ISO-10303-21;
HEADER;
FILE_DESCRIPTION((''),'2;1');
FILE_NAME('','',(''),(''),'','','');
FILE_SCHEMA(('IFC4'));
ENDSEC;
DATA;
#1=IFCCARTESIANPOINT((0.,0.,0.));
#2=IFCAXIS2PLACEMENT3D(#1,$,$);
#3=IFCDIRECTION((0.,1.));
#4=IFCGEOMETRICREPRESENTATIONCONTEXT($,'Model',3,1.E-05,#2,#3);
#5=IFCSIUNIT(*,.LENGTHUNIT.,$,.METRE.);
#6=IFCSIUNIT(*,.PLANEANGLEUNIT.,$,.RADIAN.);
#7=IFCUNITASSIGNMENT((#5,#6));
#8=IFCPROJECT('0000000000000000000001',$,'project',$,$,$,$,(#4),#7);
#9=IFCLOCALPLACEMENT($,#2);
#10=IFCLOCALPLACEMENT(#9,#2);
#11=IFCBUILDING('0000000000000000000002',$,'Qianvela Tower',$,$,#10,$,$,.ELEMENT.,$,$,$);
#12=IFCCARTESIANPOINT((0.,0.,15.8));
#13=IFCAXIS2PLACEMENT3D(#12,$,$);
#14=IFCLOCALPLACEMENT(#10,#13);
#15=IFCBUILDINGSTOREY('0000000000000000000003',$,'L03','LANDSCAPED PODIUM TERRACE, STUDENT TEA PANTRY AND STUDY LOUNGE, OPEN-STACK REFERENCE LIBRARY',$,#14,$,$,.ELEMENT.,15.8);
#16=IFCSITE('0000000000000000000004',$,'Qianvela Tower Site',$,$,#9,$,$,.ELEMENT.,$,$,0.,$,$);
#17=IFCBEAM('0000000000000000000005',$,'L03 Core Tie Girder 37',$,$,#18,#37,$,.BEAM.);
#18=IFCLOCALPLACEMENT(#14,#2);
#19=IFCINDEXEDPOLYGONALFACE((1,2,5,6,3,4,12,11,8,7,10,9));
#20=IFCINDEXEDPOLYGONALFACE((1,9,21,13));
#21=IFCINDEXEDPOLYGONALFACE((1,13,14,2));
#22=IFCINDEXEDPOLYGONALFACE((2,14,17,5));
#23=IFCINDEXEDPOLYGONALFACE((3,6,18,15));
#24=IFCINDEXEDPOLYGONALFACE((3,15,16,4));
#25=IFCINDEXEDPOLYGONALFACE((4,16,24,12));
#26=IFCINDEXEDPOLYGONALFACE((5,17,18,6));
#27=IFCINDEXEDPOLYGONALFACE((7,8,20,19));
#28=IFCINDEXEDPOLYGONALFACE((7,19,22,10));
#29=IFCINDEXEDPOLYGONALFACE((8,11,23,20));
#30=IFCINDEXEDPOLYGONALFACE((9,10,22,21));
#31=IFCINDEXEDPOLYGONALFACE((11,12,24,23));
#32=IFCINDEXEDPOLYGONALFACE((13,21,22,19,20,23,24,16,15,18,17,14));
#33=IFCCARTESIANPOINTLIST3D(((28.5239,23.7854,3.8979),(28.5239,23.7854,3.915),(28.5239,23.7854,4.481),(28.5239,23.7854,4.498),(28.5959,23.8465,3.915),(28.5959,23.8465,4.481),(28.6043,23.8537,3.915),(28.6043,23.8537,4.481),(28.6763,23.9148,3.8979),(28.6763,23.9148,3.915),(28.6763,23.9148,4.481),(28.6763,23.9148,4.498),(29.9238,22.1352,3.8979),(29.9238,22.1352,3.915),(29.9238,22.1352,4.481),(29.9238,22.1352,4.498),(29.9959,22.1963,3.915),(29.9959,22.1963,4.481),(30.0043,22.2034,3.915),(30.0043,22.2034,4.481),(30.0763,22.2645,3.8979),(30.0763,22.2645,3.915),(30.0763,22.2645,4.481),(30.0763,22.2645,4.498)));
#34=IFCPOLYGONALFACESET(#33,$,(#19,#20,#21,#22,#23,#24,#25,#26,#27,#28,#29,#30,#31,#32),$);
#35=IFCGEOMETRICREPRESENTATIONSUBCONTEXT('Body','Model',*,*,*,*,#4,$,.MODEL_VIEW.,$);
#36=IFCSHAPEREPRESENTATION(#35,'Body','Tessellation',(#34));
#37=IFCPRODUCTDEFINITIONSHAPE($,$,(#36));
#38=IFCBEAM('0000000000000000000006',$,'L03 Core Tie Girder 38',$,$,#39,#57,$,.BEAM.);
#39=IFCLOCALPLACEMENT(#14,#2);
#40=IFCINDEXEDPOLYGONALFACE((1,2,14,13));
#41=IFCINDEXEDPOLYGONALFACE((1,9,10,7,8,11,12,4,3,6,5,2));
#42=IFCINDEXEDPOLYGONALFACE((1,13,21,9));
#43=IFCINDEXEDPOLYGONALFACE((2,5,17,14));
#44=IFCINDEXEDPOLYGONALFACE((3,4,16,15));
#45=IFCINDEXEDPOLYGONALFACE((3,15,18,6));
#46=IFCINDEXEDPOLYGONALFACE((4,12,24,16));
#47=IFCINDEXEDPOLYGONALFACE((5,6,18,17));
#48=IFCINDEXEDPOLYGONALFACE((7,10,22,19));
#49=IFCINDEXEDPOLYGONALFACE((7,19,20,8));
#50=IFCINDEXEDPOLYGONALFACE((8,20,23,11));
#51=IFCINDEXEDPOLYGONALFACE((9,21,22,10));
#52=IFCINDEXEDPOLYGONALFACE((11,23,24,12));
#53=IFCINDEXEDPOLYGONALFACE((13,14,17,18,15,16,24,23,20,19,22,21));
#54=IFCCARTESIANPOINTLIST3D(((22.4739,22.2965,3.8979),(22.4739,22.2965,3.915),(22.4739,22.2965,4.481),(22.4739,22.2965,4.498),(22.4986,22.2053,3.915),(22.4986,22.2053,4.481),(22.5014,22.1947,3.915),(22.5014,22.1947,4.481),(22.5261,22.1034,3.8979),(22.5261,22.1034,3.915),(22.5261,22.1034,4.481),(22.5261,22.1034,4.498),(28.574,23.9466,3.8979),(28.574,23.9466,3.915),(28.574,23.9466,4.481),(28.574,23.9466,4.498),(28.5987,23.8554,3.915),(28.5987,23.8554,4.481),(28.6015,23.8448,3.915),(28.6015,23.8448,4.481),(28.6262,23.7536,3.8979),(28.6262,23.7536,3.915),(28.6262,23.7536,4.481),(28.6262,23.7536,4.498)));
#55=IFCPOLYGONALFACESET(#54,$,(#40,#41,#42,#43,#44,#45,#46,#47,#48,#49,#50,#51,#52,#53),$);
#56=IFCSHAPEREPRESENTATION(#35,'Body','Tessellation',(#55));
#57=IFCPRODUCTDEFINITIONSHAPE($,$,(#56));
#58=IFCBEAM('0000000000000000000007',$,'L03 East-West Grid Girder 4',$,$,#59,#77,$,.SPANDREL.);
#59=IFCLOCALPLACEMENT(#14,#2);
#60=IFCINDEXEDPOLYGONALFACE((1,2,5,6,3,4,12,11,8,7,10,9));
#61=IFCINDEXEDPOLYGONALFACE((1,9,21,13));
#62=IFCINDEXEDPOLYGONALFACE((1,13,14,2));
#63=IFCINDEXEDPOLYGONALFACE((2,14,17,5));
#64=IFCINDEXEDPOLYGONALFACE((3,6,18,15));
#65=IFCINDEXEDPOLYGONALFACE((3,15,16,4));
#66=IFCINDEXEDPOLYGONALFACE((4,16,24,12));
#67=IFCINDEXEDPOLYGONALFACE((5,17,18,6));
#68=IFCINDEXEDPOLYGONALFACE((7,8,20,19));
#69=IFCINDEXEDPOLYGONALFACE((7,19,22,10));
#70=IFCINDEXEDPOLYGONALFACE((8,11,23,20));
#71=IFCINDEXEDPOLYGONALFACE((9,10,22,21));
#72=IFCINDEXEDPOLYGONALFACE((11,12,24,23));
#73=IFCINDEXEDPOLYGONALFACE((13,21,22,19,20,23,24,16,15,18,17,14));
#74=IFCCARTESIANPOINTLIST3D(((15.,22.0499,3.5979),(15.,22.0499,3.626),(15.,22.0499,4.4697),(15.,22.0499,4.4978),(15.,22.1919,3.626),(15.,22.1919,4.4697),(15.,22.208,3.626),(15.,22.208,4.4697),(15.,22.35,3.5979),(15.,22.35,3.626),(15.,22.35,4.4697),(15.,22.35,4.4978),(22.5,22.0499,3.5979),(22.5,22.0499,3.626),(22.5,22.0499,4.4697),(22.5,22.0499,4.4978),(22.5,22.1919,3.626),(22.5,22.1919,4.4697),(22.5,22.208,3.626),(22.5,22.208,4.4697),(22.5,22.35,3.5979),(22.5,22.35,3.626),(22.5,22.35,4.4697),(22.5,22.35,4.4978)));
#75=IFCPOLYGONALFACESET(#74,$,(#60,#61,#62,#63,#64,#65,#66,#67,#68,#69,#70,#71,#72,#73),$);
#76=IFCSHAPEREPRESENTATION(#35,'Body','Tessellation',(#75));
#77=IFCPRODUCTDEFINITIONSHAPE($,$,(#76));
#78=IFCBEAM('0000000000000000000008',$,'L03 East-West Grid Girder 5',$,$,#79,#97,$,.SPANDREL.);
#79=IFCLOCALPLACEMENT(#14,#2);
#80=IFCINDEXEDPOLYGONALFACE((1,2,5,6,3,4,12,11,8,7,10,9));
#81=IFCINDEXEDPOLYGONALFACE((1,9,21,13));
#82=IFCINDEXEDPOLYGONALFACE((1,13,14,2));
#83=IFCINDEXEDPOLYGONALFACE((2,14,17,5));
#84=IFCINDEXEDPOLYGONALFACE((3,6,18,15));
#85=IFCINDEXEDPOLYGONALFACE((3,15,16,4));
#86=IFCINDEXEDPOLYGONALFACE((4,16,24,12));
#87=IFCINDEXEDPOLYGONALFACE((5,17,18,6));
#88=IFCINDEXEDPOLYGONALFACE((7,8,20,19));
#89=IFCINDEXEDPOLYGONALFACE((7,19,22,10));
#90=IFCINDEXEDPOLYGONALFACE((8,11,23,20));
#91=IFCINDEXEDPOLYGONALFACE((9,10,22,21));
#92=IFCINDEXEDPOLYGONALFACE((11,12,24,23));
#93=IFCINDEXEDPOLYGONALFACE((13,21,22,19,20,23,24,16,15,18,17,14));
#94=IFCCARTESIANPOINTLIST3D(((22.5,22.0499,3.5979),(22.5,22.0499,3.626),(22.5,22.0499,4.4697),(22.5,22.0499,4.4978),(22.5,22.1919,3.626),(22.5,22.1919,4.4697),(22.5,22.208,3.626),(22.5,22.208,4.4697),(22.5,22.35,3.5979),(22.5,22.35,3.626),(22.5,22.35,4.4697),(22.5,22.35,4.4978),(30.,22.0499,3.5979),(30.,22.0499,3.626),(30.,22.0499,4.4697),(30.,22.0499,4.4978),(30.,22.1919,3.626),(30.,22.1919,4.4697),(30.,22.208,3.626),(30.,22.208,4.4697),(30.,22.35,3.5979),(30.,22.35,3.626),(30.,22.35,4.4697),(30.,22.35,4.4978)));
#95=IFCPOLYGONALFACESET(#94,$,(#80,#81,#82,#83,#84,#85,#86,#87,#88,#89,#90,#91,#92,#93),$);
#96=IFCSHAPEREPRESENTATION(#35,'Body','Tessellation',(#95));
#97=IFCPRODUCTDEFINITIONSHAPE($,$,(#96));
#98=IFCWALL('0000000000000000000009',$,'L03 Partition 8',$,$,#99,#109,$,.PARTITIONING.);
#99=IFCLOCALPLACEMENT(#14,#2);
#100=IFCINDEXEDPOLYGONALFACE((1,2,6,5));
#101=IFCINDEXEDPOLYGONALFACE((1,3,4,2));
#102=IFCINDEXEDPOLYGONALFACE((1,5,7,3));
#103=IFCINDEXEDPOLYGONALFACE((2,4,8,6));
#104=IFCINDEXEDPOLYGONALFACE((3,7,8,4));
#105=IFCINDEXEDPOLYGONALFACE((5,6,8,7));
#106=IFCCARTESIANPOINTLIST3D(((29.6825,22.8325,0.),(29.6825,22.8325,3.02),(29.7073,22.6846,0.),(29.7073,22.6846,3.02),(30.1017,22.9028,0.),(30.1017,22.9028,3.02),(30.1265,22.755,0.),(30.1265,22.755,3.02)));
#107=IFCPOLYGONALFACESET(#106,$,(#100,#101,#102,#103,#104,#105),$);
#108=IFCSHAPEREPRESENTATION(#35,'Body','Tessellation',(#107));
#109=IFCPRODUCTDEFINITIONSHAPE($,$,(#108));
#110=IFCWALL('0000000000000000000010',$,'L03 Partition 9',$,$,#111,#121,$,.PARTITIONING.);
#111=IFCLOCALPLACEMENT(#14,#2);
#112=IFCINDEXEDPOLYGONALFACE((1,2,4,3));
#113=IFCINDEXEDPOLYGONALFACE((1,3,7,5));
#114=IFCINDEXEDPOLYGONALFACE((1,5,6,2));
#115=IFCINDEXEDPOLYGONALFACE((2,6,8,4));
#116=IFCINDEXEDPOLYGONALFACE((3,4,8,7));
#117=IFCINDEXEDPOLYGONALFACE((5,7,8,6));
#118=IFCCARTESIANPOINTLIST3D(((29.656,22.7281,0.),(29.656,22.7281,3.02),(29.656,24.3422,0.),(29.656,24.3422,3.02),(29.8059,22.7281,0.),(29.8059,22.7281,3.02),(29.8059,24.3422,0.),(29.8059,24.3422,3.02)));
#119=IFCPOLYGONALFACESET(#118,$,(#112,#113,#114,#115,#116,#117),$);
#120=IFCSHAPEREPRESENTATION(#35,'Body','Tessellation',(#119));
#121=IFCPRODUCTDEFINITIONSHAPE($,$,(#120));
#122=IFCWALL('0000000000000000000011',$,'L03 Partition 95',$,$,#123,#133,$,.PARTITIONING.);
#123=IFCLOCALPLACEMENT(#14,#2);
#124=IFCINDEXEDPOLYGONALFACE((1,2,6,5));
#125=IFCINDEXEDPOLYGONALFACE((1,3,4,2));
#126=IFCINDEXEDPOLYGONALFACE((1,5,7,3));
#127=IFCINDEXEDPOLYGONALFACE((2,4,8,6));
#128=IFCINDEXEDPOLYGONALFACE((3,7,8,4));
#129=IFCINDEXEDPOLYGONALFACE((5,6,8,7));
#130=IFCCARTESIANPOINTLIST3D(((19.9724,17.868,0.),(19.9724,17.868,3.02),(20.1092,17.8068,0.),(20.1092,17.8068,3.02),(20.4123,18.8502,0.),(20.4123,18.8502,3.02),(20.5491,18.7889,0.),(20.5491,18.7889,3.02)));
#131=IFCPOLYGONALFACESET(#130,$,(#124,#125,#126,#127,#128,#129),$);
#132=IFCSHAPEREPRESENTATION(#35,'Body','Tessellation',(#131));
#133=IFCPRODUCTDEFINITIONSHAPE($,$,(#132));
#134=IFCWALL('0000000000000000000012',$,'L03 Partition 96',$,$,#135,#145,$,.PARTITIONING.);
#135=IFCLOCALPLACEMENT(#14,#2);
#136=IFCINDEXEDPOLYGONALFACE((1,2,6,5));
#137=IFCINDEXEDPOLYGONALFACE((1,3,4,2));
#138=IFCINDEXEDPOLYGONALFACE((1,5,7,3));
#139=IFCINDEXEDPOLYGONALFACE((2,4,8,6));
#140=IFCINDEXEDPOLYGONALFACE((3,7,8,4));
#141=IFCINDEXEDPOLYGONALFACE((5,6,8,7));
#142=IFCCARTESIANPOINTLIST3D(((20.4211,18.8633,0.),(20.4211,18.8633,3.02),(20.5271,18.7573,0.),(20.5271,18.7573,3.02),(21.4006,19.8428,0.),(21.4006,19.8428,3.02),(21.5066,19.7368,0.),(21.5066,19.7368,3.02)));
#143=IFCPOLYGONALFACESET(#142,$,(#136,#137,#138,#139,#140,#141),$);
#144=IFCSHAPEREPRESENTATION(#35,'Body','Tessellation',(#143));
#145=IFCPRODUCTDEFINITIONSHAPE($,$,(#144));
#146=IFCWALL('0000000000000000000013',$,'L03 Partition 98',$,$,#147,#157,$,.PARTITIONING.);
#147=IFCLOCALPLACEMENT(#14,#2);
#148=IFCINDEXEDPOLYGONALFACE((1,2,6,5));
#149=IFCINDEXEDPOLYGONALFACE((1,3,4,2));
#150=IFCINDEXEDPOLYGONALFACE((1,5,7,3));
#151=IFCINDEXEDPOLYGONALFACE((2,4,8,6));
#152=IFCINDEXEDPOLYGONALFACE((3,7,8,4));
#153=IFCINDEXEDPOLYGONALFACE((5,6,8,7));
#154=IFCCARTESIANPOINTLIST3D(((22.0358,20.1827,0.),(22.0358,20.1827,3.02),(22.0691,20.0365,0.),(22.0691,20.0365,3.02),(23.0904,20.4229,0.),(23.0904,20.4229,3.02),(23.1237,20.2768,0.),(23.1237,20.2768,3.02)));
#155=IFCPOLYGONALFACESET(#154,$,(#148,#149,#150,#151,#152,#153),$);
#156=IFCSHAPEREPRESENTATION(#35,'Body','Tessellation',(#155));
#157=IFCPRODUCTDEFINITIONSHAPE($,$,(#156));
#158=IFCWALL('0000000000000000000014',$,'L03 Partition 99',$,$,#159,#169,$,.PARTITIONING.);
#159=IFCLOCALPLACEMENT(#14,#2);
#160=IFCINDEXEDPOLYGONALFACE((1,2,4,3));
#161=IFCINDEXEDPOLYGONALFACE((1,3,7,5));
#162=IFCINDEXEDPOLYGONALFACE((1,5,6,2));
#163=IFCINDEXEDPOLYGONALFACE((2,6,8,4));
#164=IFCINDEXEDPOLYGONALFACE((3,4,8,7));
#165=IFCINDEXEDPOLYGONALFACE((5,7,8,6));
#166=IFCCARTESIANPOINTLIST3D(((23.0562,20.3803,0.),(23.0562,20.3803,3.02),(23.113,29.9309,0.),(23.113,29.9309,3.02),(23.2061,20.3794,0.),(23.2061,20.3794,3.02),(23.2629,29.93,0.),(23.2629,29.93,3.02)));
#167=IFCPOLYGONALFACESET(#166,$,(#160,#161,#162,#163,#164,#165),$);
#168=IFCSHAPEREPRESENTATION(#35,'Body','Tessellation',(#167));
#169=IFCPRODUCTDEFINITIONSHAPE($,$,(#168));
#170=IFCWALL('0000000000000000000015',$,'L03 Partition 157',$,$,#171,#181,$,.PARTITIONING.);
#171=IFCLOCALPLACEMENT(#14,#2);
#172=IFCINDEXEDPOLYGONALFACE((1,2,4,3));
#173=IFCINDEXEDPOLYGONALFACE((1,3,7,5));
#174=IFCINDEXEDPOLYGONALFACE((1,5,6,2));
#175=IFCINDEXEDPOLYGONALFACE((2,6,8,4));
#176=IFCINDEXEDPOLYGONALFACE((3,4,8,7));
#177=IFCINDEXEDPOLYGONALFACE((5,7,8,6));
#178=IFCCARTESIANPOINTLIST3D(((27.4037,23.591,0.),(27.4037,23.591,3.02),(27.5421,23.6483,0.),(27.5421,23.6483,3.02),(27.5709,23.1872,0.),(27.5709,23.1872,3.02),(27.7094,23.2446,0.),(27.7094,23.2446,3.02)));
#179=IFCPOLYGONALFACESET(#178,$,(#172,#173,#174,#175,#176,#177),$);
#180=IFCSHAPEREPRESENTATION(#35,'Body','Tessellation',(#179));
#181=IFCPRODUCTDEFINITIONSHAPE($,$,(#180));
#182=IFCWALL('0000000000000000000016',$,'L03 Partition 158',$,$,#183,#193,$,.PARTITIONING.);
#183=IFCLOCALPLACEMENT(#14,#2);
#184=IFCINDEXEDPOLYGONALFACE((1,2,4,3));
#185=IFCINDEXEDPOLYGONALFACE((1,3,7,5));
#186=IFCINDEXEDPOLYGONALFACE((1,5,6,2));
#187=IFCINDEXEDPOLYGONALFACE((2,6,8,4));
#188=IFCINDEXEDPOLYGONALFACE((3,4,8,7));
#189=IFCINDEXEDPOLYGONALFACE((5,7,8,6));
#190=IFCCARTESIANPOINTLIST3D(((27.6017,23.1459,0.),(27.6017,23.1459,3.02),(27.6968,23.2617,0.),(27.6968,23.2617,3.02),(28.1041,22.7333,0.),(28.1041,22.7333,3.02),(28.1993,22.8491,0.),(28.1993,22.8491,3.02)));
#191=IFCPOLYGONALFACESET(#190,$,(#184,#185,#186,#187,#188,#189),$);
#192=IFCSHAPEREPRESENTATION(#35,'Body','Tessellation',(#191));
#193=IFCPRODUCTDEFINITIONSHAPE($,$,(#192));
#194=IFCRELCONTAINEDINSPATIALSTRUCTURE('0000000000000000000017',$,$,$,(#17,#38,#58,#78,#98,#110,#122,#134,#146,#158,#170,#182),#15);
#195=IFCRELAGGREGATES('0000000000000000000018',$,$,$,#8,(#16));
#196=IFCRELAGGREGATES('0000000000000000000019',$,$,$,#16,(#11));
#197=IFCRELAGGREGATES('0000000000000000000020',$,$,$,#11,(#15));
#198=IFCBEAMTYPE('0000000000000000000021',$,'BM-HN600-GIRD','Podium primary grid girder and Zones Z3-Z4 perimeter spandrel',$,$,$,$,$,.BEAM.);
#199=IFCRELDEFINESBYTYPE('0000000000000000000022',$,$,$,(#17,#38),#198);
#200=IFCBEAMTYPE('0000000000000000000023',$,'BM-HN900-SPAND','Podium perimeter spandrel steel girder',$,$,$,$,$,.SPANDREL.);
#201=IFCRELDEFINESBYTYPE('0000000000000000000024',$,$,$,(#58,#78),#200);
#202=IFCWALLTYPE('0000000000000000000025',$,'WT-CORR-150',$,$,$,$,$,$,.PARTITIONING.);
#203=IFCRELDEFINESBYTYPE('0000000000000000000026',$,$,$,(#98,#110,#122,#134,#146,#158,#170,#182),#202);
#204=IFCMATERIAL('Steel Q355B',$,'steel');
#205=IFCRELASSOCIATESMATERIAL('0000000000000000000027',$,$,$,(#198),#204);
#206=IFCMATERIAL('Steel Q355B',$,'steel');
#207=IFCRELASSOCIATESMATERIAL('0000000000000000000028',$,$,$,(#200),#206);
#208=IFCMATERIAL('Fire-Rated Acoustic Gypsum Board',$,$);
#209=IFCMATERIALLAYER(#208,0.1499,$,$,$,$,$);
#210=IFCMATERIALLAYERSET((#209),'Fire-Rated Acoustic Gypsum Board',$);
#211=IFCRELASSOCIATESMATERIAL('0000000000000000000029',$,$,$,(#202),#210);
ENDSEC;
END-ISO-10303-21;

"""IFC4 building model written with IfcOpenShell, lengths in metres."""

from ifc_helpers import new_model, si_unit, direction, frame, frame_2d, origin, origin_2d, place, context, subcontext, project, spatial, rectangle, i_section, extrude, material, layer, layer_set, material_profile, profile_set, type_object, element, save


model = new_model("IFC4")

# Units and contexts
model_context = context("Model", 3, precision=1e-05, world=origin(), true_north=direction((0.0, 1.0)))
body_context = subcontext(model_context, "Body", "Model", "MODEL_VIEW")
ifc_project = project(units=[si_unit("LENGTHUNIT", "METRE"), si_unit("PLANEANGLEUNIT", "RADIAN")], contexts=[model_context])

# Site, building, storey
site_placement = place(None, origin())
site = spatial("IfcSite", under=ifc_project, at=site_placement, Name="Qianvela Tower Site", CompositionType="ELEMENT", RefElevation=0.0)
building_placement = place(site_placement, origin())
building = spatial("IfcBuilding", under=site, at=building_placement, Name="Qianvela Tower", CompositionType="ELEMENT")
storey_placement = place(building_placement, frame((0.0, 0.0, 15.8)))
storey = spatial("IfcBuildingStorey", under=building, at=storey_placement, Name="L03", Description="LANDSCAPED PODIUM TERRACE, STUDENT TEA PANTRY AND STUDY LOUNGE, OPEN-STACK REFERENCE LIBRARY", CompositionType="ELEMENT", Elevation=15.8)

# Beams
ifc_material_1 = material(Name="Steel Q355B", Category="steel")
ifc_material_profile_1 = material_profile(ifc_material_1, i_section(OverallWidth=0.2, OverallDepth=0.6001, WebThickness=0.011, FlangeThickness=0.0171, at=origin_2d()), Name="HN600x200x11x17")
ifc_profile_set_1 = profile_set([ifc_material_profile_1], Name="Steel Q355B")
beam_type_1 = type_object("IfcBeamType", Name="BM-HN600-GIRD", Description="Podium primary grid girder and Zones Z3-Z4 perimeter spandrel", PredefinedType="BEAM", material=ifc_profile_set_1)
beam_1_placement = place(storey_placement, frame((28.6001, 23.8501, 4.198), z_axis=(0.646918, -0.76256, 0.0), x_axis=(0.76256, 0.646918, 0.0)))
element("IfcBeam", 1, at=beam_1_placement, inside=storey, type_object=beam_type_1, Name="L03 Core Tie Girder 37", PredefinedType="BEAM", context=body_context, shape_type="SweptSolid", body=[
    extrude(i_section(OverallWidth=0.2, OverallDepth=0.6001, WebThickness=0.011, FlangeThickness=0.0171, at=origin_2d()), origin(), (0.0, 0.0, 1.0), 2.1641),
])
beam_2_placement = place(storey_placement, frame((28.6001, 23.8501, 4.198), z_axis=(-0.965305, -0.261126, 0.0), x_axis=(0.261126, -0.965305, 0.0)))
element("IfcBeam", 2, at=beam_2_placement, inside=storey, type_object=beam_type_1, Name="L03 Core Tie Girder 38", PredefinedType="BEAM", context=body_context, shape_type="SweptSolid", body=[
    extrude(i_section(OverallWidth=0.2, OverallDepth=0.6001, WebThickness=0.011, FlangeThickness=0.0171, at=origin_2d()), origin(), (0.0, 0.0, 1.0), 6.3193),
])
ifc_material_2 = material(Name="Steel Q355B", Category="steel")
ifc_material_profile_2 = material_profile(ifc_material_2, i_section(OverallWidth=0.3, OverallDepth=0.8999, WebThickness=0.0161, FlangeThickness=0.0281, at=origin_2d()), Name="HN900x300x16x28")
ifc_profile_set_2 = profile_set([ifc_material_profile_2], Name="Steel Q355B")
beam_type_2 = type_object("IfcBeamType", Name="BM-HN900-SPAND", Description="Podium perimeter spandrel steel girder", PredefinedType="SPANDREL", material=ifc_profile_set_2)
for number, where, z_axis, x_axis, name in (
    (3, (15.0, 22.2, 4.0479), (1.0, 0.0, 0.0), (0.0, 1.0, 0.0), "L03 East-West Grid Girder 4"),
    (4, (22.5, 22.2, 4.0479), (1.0, 0.0, 0.0), (0.0, 1.0, 0.0), "L03 East-West Grid Girder 5"),
):
    element("IfcBeam", number, at=place(storey_placement, frame(where, z_axis=z_axis, x_axis=x_axis)), inside=storey, type_object=beam_type_2, Name=name, PredefinedType="SPANDREL", context=body_context, shape_type="SweptSolid", body=[
        extrude(i_section(OverallWidth=0.3, OverallDepth=0.8999, WebThickness=0.0161, FlangeThickness=0.0281, at=origin_2d()), origin(), (0.0, 0.0, 1.0), 7.5),
    ])

# Walls
ifc_material_3 = material(Name="Fire-Rated Acoustic Gypsum Board")
ifc_layer_1 = layer(ifc_material_3, 0.1499)
ifc_layer_set_1 = layer_set([ifc_layer_1], Name="Fire-Rated Acoustic Gypsum Board")
wall_type_1 = type_object("IfcWallType", Name="WT-CORR-150", PredefinedType="PARTITIONING", material=ifc_layer_set_1)
wall_1_placement = place(storey_placement, frame((30.114, 22.8289, 0.0), z_axis=(0.0, 0.0, 1.0), x_axis=(-0.986223, -0.165423, 0.0)))
element("IfcWall", 5, at=wall_1_placement, inside=storey, type_object=wall_type_1, Name="L03 Partition 8", PredefinedType="PARTITIONING", context=body_context, shape_type="SweptSolid", body=[
    extrude(rectangle(XDim=0.425, YDim=0.1499, at=frame_2d((0.2124, 0.0))), origin(), (0.0, 0.0, 1.0), 3.02),
])
wall_2_placement = place(storey_placement, frame((29.731, 22.728, 0.0), z_axis=(0.0, 0.0, 1.0), x_axis=(0.0, 1.0, 0.0)))
element("IfcWall", 6, at=wall_2_placement, inside=storey, type_object=wall_type_1, Name="L03 Partition 9", PredefinedType="PARTITIONING", context=body_context, shape_type="SweptSolid", body=[
    extrude(rectangle(XDim=1.614, YDim=0.1499, at=frame_2d((0.8071, 0.0))), origin(), (0.0, 0.0, 1.0), 3.02),
])
wall_3_placement = place(storey_placement, frame((20.0408, 17.8374, 0.0), z_axis=(0.0, 0.0, 1.0), x_axis=(0.408789, 0.912629, 0.0)))
element("IfcWall", 7, at=wall_3_placement, inside=storey, type_object=wall_type_1, Name="L03 Partition 95", PredefinedType="PARTITIONING", context=body_context, shape_type="SweptSolid", body=[
    extrude(rectangle(XDim=1.0762, YDim=0.1499, at=frame_2d((0.5381, 0.0))), origin(), (0.0, 0.0, 1.0), 3.02),
])
wall_4_placement = place(storey_placement, frame((20.4741, 18.8103, 0.0), z_axis=(0.0, 0.0, 1.0), x_axis=(0.707107, 0.707107, 0.0)))
element("IfcWall", 8, at=wall_4_placement, inside=storey, type_object=wall_type_1, Name="L03 Partition 96", PredefinedType="PARTITIONING", context=body_context, shape_type="SweptSolid", body=[
    extrude(rectangle(XDim=1.3853, YDim=0.1499, at=frame_2d((0.6926, 0.0))), origin(), (0.0, 0.0, 1.0), 3.02),
])
wall_5_placement = place(storey_placement, frame((22.0525, 20.1096, 0.0), z_axis=(0.0, 0.0, 1.0), x_axis=(0.975015, 0.222138, 0.0)))
element("IfcWall", 9, at=wall_5_placement, inside=storey, type_object=wall_type_1, Name="L03 Partition 98", PredefinedType="PARTITIONING", context=body_context, shape_type="SweptSolid", body=[
    extrude(rectangle(XDim=1.0815, YDim=0.1499, at=frame_2d((0.5408, 0.0))), origin(), (0.0, 0.0, 1.0), 3.02),
])
wall_6_placement = place(storey_placement, frame((23.1311, 20.3799, 0.0), z_axis=(0.0, 0.0, 1.0), x_axis=(0.005956, 0.999982, 0.0)))
element("IfcWall", 10, at=wall_6_placement, inside=storey, type_object=wall_type_1, Name="L03 Partition 99", PredefinedType="PARTITIONING", context=body_context, shape_type="SweptSolid", body=[
    extrude(rectangle(XDim=9.5508, YDim=0.1499, at=frame_2d((4.7754, 0.0))), origin(), (0.0, 0.0, 1.0), 3.02),
])
wall_7_placement = place(storey_placement, frame((27.4729, 23.6196, 0.0), z_axis=(0.0, 0.0, 1.0), x_axis=(0.382631, -0.923901, 0.0)))
element("IfcWall", 11, at=wall_7_placement, inside=storey, type_object=wall_type_1, Name="L03 Partition 157", PredefinedType="PARTITIONING", context=body_context, shape_type="SweptSolid", body=[
    extrude(rectangle(XDim=0.437, YDim=0.1499, at=frame_2d((0.2185, 0.0))), origin(), (0.0, 0.0, 1.0), 3.02),
])
wall_8_placement = place(storey_placement, frame((27.6492, 23.2039, 0.0), z_axis=(0.0, 0.0, 1.0), x_axis=(0.772818, -0.634627, 0.0)))
element("IfcWall", 12, at=wall_8_placement, inside=storey, type_object=wall_type_1, Name="L03 Partition 158", PredefinedType="PARTITIONING", context=body_context, shape_type="SweptSolid", body=[
    extrude(rectangle(XDim=0.6501, YDim=0.1499, at=frame_2d((0.3252, 0.0))), origin(), (0.0, 0.0, 1.0), 3.02),
])

save(model, "model.ifc")
